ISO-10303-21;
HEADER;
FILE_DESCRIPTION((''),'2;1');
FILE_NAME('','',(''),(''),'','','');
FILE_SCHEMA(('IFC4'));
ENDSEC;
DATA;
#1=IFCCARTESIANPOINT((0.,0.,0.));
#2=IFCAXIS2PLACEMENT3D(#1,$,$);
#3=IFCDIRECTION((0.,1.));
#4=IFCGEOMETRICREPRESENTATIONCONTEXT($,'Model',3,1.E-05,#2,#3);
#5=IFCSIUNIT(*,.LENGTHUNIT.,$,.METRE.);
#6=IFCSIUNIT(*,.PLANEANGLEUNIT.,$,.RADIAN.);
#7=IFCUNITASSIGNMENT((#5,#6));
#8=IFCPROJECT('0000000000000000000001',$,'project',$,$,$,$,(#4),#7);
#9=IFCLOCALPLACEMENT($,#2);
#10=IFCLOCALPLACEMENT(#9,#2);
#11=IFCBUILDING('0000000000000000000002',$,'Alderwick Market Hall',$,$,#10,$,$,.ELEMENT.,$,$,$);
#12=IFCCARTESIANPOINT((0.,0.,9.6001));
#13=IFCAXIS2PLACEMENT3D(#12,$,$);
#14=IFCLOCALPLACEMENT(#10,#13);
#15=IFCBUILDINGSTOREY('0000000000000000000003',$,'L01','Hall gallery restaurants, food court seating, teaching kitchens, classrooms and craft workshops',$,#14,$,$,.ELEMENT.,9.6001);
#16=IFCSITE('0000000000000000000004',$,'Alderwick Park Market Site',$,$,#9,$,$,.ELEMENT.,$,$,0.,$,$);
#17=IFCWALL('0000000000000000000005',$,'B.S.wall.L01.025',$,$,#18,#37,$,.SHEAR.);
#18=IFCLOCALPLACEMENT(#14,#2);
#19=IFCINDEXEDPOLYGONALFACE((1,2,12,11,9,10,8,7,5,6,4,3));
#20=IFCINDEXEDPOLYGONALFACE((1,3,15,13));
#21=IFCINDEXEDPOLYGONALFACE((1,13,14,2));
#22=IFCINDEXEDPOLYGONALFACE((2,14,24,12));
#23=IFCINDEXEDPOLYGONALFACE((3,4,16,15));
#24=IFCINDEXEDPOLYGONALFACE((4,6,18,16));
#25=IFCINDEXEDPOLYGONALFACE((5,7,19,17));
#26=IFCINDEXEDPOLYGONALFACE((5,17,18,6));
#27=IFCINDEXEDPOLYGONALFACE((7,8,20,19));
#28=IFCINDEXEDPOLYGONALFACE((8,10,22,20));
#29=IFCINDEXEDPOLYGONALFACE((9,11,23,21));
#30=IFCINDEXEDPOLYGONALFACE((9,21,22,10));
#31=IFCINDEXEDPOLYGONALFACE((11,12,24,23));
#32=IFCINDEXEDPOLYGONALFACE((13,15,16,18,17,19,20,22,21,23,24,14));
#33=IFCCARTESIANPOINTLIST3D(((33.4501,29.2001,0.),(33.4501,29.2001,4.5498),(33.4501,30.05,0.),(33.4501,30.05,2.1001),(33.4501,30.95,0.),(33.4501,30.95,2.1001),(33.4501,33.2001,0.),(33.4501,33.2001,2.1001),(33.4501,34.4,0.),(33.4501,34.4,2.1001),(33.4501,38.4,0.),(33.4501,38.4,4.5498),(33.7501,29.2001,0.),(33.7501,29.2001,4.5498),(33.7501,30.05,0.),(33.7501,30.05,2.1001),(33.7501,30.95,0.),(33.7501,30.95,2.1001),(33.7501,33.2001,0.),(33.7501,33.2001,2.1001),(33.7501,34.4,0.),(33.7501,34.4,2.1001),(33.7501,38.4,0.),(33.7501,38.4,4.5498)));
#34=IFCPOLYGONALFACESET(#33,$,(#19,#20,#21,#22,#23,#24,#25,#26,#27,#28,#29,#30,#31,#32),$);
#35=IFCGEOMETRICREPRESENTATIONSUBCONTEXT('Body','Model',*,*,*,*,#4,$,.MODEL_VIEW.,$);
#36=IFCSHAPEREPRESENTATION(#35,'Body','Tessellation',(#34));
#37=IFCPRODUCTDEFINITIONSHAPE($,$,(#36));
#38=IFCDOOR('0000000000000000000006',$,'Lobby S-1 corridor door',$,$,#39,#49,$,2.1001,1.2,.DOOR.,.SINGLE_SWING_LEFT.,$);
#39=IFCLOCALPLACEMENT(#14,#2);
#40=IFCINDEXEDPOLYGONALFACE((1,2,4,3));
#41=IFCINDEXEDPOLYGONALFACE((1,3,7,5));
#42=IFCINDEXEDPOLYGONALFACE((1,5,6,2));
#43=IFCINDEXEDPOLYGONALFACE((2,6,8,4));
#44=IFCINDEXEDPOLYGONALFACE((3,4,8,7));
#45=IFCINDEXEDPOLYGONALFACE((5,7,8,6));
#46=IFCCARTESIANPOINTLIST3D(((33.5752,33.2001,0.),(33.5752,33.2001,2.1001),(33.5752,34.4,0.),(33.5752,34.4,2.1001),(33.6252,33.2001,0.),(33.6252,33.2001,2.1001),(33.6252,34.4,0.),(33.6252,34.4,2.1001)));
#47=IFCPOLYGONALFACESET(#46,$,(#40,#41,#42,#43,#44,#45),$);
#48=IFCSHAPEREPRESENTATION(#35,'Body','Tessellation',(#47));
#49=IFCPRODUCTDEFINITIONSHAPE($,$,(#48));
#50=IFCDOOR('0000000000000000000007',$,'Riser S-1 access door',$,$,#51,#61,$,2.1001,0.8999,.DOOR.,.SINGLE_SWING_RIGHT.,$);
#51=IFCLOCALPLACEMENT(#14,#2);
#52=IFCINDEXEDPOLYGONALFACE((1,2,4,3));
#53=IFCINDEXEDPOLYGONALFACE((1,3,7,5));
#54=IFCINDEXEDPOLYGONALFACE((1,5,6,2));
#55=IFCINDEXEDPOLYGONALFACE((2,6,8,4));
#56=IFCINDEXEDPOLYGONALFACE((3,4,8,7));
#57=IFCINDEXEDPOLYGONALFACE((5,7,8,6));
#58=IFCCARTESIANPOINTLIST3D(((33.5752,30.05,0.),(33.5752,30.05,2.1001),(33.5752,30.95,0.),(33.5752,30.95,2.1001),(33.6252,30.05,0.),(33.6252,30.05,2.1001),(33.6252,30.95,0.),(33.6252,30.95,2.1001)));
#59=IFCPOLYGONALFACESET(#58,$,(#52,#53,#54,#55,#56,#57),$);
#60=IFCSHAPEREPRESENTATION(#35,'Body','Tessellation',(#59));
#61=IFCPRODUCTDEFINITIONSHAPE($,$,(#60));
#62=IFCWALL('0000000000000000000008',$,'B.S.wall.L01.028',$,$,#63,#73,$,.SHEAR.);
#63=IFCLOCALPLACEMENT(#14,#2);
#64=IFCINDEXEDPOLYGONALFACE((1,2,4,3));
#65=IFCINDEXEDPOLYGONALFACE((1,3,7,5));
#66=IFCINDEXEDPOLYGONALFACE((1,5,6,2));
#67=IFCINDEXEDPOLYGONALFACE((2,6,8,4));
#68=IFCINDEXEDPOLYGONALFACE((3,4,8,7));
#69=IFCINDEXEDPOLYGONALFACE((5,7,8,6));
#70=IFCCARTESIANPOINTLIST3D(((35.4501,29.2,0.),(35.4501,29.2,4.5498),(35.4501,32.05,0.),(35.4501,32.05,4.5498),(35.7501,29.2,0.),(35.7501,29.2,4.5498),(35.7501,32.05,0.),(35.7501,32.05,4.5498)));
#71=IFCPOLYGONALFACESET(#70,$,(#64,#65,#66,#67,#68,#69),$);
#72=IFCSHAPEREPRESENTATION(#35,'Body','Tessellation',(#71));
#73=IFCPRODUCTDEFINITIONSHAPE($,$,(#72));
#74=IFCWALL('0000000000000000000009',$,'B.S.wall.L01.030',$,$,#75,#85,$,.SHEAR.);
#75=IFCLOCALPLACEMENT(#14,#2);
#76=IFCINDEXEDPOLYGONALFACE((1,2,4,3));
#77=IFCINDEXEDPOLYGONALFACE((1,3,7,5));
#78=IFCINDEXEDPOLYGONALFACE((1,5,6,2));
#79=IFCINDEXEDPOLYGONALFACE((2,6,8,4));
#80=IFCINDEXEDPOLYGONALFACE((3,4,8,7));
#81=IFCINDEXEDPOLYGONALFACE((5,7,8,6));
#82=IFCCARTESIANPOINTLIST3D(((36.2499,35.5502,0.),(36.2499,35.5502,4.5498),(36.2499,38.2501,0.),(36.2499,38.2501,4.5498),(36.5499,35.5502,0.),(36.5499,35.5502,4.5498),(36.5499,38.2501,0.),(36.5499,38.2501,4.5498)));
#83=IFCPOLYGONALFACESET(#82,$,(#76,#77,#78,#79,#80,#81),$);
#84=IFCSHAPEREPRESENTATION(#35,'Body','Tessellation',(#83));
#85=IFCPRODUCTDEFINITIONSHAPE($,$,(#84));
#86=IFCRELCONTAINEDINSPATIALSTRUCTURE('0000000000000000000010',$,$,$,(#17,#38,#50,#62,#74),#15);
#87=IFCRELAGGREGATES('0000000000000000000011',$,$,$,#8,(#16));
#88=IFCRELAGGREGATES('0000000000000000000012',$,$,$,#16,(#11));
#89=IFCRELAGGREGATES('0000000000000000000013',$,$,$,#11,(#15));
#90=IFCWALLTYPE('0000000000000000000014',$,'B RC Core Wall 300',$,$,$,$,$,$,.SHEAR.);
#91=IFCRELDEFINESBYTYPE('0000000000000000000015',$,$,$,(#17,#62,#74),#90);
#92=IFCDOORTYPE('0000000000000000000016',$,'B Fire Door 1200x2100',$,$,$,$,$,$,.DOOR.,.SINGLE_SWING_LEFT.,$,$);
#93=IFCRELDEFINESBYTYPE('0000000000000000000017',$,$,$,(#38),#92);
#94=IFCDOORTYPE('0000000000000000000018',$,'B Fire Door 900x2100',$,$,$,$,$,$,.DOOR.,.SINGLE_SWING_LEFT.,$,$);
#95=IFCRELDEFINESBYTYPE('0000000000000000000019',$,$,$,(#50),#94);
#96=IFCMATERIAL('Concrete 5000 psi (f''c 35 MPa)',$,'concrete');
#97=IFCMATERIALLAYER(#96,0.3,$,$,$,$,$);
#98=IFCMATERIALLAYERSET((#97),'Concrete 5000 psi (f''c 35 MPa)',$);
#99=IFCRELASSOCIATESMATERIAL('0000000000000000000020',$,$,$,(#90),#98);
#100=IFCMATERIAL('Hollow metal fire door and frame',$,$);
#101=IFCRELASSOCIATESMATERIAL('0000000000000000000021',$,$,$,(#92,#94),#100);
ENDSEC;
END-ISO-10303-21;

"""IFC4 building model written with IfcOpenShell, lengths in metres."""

from ifc_helpers import new_model, si_unit, direction, frame, frame_2d, origin, place, context, subcontext, project, spatial, rectangle, extrude, material, layer, layer_set, type_object, element, fill, save


model = new_model("IFC4")

# Units and contexts
model_context = context("Model", 3, precision=1e-05, world=origin(), true_north=direction((0.0, 1.0)))
body_context = subcontext(model_context, "Body", "Model", "MODEL_VIEW")
ifc_project = project(units=[si_unit("LENGTHUNIT", "METRE"), si_unit("PLANEANGLEUNIT", "RADIAN")], contexts=[model_context])

# Site, building, storey
site_placement = place(None, origin())
site = spatial("IfcSite", under=ifc_project, at=site_placement, Name="Alderwick Park Market Site", CompositionType="ELEMENT", RefElevation=0.0)
building_placement = place(site_placement, origin())
building = spatial("IfcBuilding", under=site, at=building_placement, Name="Alderwick Market Hall", CompositionType="ELEMENT")
storey_placement = place(building_placement, frame((0.0, 0.0, 9.6001)))
storey = spatial("IfcBuildingStorey", under=building, at=storey_placement, Name="L01", Description="Hall gallery restaurants, food court seating, teaching kitchens, classrooms and craft workshops", CompositionType="ELEMENT", Elevation=9.6001)

# Shared definitions
ifc_material_1 = material(Name="Concrete 5000 psi (f'c 35 MPa)", Category="concrete")

# Shared definitions
ifc_layer_1 = layer(ifc_material_1, 0.3)
ifc_layer_set_1 = layer_set([ifc_layer_1], Name="Concrete 5000 psi (f'c 35 MPa)")
wall_type_1 = type_object("IfcWallType", Name="B RC Core Wall 300", PredefinedType="SHEAR", material=ifc_layer_set_1)
ifc_material_2 = material(Name="Hollow metal fire door and frame")

# Wall, openings, doors
wall_1_placement = place(storey_placement, frame((33.6001, 29.2, 0.0), z_axis=(0.0, 0.0, 1.0), x_axis=(0.0, 1.0, 0.0)))
wall_1 = element("IfcWall", 1, at=wall_1_placement, inside=storey, type_object=wall_type_1, Name="B.S.wall.L01.025", PredefinedType="SHEAR", context=body_context, shape_type="SweptSolid", body=[
    extrude(rectangle(XDim=9.2, YDim=0.3, at=frame_2d((4.6001, 0.0))), origin(), (0.0, 0.0, 1.0), 4.5498),
])
opening_1_placement = place(wall_1_placement, frame((4.0, 0.0, 0.0)))
opening_1 = element("IfcOpeningElement", 2, at=opening_1_placement, cuts=wall_1, PredefinedType="OPENING", context=body_context, shape_type="SweptSolid", body=[
    extrude(rectangle(XDim=1.2, YDim=2.1001, at=frame_2d((0.6001, 1.05))), frame((0.0, 0.1599, 0.0), z_axis=(0.0, -1.0, 0.0), x_axis=(1.0, 0.0, 0.0)), (0.0, 0.0, 1.0), 0.3201),
])
opening_2_placement = place(wall_1_placement, frame((0.8501, 0.0, 0.0)))
opening_2 = element("IfcOpeningElement", 3, at=opening_2_placement, cuts=wall_1, PredefinedType="OPENING", context=body_context, shape_type="SweptSolid", body=[
    extrude(rectangle(XDim=0.8999, YDim=2.1001, at=frame_2d((0.45, 1.05))), frame((0.0, 0.1599, 0.0), z_axis=(0.0, -1.0, 0.0), x_axis=(1.0, 0.0, 0.0)), (0.0, 0.0, 1.0), 0.3201),
])
door_type_1 = type_object("IfcDoorType", Name="B Fire Door 1200x2100", OperationType="SINGLE_SWING_LEFT", PredefinedType="DOOR", material=ifc_material_2)
door_1_placement = place(opening_1_placement, origin())
door_1 = element("IfcDoor", 4, at=door_1_placement, inside=storey, type_object=door_type_1, Name="Lobby S-1 corridor door", OperationType="SINGLE_SWING_LEFT", OverallHeight=2.1001, OverallWidth=1.2, PredefinedType="DOOR", context=body_context, shape_type="SweptSolid", body=[
    extrude(rectangle(XDim=1.2, YDim=2.1001, at=frame_2d((0.6001, 1.05))), frame((0.0, 0.0249, 0.0), z_axis=(0.0, -1.0, 0.0), x_axis=(1.0, 0.0, 0.0)), (0.0, 0.0, 1.0), 0.05),
])
fill(opening_1, door_1)
door_type_2 = type_object("IfcDoorType", Name="B Fire Door 900x2100", OperationType="SINGLE_SWING_LEFT", PredefinedType="DOOR", material=ifc_material_2)
door_2_placement = place(opening_2_placement, origin())
door_2 = element("IfcDoor", 5, at=door_2_placement, inside=storey, type_object=door_type_2, Name="Riser S-1 access door", OperationType="SINGLE_SWING_RIGHT", OverallHeight=2.1001, OverallWidth=0.8999, PredefinedType="DOOR", context=body_context, shape_type="SweptSolid", body=[
    extrude(rectangle(XDim=0.8999, YDim=2.1001, at=frame_2d((0.45, 1.05))), frame((0.0, 0.0249, 0.0), z_axis=(0.0, -1.0, 0.0), x_axis=(1.0, 0.0, 0.0)), (0.0, 0.0, 1.0), 0.05),
])
fill(opening_2, door_2)

# Walls
wall_2_placement = place(storey_placement, frame((35.6001, 29.2, 0.0), z_axis=(0.0, 0.0, 1.0), x_axis=(0.0, 1.0, 0.0)))
element("IfcWall", 6, at=wall_2_placement, inside=storey, type_object=wall_type_1, Name="B.S.wall.L01.028", PredefinedType="SHEAR", context=body_context, shape_type="SweptSolid", body=[
    extrude(rectangle(XDim=2.8501, YDim=0.3, at=frame_2d((1.425, 0.0))), origin(), (0.0, 0.0, 1.0), 4.5498),
])
wall_3_placement = place(storey_placement, frame((36.3999, 35.55, 0.0), z_axis=(0.0, 0.0, 1.0), x_axis=(0.0, 1.0, 0.0)))
element("IfcWall", 7, at=wall_3_placement, inside=storey, type_object=wall_type_1, Name="B.S.wall.L01.030", PredefinedType="SHEAR", context=body_context, shape_type="SweptSolid", body=[
    extrude(rectangle(XDim=2.7, YDim=0.3, at=frame_2d((1.3501, 0.0))), origin(), (0.0, 0.0, 1.0), 4.5498),
])

save(model, "model.ifc")
